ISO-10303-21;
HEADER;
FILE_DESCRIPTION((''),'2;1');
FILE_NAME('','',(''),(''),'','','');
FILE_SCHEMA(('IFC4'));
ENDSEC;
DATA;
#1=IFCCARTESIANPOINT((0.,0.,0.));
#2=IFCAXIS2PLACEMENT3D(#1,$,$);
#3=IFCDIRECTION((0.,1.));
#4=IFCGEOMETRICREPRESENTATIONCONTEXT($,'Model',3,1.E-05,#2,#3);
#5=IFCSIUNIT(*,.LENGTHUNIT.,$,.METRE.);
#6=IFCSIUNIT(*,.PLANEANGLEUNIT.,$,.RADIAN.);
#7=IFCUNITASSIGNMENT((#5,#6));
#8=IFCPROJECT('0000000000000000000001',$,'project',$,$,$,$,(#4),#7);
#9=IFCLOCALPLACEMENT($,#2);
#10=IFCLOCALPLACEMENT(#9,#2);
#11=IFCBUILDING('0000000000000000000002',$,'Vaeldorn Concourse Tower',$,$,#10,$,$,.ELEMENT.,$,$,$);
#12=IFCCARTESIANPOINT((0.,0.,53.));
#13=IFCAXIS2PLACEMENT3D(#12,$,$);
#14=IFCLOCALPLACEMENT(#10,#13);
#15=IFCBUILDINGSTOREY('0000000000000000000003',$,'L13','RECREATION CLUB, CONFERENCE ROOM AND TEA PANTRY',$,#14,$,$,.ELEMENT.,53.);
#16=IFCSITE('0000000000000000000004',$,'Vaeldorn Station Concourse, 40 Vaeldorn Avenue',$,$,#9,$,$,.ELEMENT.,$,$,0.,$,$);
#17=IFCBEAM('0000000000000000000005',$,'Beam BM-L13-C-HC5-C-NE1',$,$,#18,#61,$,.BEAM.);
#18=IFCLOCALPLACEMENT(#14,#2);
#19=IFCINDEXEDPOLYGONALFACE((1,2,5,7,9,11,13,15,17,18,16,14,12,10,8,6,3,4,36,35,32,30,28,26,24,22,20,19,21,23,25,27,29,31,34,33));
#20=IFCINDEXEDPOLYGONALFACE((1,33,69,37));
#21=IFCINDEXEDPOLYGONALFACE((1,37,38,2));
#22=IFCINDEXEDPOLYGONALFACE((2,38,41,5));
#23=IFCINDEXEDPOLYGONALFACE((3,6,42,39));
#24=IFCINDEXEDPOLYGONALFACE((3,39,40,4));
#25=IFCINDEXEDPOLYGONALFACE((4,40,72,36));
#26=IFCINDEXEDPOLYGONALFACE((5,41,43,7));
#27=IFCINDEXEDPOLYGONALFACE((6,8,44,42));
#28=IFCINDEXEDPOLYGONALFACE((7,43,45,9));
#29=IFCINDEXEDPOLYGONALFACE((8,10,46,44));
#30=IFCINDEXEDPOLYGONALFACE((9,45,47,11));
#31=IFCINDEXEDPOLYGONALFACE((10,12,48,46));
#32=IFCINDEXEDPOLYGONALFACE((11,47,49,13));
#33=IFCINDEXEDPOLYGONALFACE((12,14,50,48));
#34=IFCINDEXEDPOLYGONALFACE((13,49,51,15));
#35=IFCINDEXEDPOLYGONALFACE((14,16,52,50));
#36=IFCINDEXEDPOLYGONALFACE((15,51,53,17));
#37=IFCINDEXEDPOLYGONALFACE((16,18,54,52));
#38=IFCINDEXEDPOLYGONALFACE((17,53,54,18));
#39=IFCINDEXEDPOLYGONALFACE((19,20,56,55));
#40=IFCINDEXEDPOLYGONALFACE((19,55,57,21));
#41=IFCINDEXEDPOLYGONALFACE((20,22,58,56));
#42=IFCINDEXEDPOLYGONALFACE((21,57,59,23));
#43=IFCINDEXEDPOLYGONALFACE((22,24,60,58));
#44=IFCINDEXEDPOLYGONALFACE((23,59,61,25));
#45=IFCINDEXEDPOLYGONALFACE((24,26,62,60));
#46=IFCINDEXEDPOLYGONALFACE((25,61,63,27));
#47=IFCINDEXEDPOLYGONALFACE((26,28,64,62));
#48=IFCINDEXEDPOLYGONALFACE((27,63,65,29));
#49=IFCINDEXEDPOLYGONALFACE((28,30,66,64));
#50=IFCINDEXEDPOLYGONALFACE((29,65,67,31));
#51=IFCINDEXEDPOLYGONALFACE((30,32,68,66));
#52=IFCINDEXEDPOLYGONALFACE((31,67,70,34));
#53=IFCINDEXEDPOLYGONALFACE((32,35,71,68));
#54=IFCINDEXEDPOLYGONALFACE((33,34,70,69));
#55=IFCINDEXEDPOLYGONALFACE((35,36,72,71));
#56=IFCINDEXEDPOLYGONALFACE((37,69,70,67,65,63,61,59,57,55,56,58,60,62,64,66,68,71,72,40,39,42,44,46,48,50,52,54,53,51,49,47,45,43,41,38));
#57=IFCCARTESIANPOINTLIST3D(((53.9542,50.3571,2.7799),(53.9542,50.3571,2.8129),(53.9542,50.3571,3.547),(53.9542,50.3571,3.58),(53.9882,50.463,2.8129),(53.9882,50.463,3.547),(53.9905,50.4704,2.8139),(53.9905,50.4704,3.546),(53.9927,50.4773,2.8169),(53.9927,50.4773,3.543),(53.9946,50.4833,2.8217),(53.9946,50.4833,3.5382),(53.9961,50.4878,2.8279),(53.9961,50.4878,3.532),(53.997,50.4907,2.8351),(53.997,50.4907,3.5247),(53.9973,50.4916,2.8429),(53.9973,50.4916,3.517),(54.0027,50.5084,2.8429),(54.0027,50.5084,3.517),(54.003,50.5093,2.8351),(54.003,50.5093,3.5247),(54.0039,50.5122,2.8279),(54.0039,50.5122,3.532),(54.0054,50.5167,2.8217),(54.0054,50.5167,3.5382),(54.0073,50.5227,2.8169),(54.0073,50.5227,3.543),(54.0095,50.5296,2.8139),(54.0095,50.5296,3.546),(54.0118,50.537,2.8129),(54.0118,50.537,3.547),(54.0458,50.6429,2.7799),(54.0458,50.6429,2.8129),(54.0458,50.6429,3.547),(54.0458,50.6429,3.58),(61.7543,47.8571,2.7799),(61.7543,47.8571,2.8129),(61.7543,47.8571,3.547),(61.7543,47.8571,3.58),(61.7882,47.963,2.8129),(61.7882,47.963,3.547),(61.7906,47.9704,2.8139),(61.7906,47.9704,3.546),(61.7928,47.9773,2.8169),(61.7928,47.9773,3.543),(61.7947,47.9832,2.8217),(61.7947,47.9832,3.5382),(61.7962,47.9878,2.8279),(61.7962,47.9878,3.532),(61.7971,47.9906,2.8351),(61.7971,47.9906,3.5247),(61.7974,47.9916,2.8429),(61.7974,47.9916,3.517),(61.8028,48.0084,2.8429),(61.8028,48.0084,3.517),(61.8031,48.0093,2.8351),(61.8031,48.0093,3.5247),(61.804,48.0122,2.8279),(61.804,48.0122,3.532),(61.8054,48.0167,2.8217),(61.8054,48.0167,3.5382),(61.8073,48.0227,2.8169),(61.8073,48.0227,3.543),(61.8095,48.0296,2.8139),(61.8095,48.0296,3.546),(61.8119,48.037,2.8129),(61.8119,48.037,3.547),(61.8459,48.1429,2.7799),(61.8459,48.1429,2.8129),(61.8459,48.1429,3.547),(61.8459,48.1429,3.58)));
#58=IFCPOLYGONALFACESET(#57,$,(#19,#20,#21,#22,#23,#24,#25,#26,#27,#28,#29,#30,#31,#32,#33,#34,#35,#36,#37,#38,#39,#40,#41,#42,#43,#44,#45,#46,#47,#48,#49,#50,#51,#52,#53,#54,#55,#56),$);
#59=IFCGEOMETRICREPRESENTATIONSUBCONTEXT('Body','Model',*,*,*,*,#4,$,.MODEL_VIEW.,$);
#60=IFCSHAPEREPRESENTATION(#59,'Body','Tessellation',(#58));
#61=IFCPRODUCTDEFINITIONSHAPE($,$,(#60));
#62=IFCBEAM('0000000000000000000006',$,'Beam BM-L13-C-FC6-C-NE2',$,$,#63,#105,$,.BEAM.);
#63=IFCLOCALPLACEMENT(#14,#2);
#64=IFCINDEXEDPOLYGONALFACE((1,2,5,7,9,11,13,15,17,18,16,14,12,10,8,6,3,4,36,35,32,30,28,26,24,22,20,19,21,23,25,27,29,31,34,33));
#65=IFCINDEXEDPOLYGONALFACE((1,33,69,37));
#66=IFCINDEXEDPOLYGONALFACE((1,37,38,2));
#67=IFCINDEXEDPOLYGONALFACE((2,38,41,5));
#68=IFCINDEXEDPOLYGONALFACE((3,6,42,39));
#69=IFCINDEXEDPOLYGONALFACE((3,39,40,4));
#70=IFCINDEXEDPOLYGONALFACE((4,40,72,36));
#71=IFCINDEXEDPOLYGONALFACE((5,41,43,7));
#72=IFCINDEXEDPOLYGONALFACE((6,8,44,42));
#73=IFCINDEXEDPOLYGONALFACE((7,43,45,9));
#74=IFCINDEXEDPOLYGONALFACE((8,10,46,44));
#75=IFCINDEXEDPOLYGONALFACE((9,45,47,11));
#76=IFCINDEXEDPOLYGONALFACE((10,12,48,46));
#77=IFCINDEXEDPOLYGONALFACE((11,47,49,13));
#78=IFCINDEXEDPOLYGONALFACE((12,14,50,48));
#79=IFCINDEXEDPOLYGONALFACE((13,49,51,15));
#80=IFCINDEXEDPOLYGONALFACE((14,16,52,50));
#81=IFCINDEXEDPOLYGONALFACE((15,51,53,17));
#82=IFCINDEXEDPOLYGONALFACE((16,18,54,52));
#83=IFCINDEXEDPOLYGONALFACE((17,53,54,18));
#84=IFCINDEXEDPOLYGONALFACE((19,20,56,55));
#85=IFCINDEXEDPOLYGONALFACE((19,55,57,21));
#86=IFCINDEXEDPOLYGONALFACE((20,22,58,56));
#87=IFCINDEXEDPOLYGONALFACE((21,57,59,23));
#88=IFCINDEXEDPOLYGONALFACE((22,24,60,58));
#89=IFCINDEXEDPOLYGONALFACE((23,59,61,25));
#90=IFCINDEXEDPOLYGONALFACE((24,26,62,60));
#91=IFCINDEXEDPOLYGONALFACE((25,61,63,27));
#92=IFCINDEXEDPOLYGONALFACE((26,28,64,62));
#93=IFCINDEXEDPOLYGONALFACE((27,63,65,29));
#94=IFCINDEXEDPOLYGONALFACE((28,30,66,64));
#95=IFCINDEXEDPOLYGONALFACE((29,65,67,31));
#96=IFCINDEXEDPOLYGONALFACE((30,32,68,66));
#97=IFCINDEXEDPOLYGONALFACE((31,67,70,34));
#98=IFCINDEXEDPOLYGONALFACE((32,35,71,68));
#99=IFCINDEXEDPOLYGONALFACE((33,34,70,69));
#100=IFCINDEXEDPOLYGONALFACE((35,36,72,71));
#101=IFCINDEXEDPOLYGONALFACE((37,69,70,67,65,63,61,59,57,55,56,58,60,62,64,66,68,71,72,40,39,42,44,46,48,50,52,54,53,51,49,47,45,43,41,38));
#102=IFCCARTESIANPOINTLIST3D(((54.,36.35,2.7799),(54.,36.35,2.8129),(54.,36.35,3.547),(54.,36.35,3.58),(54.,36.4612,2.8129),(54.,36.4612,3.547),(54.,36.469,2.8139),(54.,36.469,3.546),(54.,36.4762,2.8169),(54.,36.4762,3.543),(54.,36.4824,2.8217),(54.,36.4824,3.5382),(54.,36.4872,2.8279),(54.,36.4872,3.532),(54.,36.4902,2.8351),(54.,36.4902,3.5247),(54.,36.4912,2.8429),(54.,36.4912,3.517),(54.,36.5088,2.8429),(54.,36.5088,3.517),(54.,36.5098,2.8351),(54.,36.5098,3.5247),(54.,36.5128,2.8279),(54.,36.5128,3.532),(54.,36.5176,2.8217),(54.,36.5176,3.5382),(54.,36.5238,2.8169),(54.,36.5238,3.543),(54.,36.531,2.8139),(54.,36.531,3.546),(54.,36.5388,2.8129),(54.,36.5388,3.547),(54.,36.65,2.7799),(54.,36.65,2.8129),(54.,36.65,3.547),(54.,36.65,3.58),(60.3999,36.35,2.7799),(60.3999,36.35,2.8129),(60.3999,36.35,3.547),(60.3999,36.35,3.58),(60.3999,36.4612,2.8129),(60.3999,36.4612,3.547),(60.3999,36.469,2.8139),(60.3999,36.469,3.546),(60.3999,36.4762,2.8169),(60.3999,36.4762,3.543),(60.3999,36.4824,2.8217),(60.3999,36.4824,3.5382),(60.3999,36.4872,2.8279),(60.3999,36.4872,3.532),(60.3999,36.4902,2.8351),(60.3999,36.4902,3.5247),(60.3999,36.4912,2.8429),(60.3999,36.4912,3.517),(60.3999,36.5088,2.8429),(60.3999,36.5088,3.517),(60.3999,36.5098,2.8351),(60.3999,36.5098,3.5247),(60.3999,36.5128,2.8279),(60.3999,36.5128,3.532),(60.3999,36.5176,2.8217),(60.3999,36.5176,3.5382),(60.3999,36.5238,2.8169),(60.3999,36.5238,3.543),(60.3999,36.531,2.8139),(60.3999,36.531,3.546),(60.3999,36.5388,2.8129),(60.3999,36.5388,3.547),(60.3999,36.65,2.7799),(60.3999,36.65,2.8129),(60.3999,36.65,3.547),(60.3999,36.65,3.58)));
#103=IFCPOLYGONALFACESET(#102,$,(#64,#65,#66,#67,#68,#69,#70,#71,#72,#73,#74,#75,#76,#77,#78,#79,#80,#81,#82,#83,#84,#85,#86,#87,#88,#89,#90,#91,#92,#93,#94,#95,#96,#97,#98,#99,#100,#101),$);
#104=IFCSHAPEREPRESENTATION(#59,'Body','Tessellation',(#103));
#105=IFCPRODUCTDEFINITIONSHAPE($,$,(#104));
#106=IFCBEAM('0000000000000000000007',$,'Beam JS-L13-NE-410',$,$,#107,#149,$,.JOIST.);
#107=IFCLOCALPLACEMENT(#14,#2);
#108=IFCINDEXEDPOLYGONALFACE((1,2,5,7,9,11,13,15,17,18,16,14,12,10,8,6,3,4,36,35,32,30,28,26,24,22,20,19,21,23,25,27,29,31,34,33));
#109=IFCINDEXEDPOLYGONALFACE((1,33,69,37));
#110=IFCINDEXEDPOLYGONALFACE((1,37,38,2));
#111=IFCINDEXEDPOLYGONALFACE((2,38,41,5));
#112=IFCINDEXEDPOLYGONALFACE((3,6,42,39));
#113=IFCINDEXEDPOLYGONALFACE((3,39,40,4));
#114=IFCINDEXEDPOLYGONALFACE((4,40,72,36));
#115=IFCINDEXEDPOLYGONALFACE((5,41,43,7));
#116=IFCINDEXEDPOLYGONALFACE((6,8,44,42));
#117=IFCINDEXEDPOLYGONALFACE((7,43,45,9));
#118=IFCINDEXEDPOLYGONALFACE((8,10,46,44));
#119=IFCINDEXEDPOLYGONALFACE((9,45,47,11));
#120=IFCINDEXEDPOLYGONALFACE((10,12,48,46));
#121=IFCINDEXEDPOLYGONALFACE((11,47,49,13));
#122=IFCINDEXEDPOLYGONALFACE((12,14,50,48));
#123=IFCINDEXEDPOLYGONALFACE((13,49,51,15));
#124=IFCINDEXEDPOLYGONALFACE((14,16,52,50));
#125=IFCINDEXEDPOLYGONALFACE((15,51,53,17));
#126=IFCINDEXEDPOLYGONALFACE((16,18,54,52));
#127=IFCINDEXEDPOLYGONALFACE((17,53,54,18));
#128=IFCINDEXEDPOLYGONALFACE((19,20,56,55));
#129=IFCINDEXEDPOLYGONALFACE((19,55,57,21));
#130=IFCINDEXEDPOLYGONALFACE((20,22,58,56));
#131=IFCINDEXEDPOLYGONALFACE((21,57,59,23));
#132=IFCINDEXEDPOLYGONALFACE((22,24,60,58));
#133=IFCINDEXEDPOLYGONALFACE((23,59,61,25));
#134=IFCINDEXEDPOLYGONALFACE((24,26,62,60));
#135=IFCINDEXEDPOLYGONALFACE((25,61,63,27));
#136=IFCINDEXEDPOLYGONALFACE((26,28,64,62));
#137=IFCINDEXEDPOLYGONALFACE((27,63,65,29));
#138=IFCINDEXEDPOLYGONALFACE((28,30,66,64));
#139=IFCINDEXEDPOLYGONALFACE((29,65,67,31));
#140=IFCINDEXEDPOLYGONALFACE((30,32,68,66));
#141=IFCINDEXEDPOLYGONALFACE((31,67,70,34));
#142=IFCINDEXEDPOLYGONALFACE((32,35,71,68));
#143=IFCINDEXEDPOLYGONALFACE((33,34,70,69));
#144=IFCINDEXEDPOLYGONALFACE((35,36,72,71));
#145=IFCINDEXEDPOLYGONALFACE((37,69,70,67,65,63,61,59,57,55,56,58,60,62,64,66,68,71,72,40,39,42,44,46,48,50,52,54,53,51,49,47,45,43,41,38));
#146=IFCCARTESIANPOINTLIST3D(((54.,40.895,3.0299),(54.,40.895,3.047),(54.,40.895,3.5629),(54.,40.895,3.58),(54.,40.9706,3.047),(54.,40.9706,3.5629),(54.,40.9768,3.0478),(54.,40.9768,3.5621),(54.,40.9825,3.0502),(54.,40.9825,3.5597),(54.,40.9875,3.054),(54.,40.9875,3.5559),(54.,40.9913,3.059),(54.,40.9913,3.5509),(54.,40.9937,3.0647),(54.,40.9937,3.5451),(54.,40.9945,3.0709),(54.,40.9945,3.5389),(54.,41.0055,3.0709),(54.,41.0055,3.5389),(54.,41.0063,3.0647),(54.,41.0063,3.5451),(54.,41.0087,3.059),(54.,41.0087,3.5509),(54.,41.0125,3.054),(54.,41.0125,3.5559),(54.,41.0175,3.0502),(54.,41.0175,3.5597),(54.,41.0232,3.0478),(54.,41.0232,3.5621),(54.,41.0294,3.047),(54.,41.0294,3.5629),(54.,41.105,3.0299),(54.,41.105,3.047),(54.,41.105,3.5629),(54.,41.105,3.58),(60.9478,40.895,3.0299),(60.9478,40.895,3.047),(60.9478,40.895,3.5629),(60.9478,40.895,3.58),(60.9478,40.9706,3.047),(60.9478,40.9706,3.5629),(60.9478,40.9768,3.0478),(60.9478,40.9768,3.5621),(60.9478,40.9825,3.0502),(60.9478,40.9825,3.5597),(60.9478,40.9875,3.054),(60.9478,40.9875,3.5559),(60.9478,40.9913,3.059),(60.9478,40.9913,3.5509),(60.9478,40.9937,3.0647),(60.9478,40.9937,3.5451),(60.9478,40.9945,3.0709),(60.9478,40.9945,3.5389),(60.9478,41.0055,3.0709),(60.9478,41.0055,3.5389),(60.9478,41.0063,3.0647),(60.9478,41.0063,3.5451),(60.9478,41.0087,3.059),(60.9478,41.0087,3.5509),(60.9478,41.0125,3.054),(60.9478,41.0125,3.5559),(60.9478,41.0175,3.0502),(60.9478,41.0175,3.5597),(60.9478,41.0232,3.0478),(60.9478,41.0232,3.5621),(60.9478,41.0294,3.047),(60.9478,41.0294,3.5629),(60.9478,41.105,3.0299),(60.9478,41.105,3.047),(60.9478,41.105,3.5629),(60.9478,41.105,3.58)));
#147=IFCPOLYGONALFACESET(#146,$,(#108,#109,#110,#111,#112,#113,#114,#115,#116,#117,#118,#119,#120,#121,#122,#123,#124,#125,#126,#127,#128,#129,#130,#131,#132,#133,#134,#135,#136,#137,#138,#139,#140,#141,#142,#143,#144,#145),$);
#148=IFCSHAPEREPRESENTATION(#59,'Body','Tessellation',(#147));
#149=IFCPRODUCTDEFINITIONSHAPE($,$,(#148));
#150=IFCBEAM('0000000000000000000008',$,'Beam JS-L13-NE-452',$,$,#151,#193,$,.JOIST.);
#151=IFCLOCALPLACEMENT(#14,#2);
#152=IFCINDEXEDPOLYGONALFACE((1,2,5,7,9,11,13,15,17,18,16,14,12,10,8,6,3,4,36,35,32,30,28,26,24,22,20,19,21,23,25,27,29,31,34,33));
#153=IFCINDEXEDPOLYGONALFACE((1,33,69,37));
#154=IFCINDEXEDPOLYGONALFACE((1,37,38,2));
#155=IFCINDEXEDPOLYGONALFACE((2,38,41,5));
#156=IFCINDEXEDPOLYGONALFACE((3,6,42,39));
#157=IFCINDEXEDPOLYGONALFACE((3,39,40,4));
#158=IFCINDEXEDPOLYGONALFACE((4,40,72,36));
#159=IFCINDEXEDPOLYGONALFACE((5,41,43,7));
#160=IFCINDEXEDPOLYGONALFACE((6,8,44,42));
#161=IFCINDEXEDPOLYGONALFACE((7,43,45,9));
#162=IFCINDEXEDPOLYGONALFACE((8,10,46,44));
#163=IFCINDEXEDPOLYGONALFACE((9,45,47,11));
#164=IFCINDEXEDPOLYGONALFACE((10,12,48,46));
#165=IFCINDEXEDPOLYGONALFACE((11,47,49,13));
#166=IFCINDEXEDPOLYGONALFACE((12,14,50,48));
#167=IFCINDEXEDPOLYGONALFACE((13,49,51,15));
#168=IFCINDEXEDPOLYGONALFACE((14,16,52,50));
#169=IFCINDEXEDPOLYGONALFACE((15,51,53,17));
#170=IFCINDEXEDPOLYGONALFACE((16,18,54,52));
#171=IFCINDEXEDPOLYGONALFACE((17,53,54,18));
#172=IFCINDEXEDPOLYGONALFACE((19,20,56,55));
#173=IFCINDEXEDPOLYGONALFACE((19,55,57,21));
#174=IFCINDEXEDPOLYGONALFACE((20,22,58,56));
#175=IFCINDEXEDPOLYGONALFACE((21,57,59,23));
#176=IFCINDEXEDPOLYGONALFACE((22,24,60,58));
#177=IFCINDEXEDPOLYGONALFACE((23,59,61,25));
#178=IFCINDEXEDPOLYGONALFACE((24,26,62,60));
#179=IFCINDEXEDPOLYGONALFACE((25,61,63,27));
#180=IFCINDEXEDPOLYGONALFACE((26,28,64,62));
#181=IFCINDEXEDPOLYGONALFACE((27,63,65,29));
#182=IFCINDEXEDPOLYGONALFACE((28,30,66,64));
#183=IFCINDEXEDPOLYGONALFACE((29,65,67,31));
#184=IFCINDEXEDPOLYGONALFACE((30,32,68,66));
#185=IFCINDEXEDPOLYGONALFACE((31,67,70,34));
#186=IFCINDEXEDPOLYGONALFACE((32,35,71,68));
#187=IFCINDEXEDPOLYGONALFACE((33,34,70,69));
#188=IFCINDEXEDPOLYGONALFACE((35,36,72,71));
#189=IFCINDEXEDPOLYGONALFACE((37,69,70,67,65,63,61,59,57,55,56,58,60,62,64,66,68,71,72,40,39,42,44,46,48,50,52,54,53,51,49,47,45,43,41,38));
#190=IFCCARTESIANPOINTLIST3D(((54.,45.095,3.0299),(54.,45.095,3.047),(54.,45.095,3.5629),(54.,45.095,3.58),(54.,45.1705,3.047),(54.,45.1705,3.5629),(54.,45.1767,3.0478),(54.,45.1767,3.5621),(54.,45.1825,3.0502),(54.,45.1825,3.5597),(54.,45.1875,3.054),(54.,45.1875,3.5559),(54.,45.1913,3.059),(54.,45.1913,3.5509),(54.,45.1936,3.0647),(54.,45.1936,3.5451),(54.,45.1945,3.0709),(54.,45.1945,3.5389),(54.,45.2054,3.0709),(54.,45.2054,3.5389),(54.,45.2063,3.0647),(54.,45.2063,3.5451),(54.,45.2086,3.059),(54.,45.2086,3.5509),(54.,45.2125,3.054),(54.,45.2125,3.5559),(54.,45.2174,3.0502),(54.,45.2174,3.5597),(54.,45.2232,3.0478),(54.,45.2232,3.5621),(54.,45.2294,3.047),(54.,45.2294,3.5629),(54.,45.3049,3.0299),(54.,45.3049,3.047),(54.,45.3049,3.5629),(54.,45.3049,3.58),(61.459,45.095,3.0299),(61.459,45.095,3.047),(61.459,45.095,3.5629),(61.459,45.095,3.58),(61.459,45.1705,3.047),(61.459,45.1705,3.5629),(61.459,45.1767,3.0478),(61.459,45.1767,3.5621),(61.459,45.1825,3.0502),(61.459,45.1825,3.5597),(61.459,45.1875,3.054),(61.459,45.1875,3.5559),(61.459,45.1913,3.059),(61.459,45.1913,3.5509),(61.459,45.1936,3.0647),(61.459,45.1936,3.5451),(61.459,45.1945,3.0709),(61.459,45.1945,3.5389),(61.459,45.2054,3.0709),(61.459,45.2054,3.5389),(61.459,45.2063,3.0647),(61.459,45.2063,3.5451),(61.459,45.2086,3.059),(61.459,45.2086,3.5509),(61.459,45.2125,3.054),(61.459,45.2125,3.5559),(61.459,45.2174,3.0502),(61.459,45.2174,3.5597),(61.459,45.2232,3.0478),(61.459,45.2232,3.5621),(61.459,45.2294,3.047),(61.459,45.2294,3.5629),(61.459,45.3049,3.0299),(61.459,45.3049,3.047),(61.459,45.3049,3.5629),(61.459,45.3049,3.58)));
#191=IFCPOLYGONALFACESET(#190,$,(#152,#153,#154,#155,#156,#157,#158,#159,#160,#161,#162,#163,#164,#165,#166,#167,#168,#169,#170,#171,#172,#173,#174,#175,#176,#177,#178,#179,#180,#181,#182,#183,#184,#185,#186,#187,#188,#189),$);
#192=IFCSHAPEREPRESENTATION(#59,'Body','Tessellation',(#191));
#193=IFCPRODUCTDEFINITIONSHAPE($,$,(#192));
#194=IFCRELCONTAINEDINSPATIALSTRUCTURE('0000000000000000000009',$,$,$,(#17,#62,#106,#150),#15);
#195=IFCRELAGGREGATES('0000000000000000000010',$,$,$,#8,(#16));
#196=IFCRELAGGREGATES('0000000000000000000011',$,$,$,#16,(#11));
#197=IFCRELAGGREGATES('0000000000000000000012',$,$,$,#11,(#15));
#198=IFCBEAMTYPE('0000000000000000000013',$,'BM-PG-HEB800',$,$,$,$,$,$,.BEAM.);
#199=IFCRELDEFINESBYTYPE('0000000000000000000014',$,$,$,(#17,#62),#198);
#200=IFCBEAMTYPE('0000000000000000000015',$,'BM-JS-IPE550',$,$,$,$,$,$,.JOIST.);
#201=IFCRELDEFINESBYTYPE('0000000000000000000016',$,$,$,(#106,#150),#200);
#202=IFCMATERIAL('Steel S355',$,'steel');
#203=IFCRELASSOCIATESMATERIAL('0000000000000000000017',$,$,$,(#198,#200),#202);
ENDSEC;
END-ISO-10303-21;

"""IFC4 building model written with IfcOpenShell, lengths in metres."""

from ifc_helpers import new_model, si_unit, direction, frame, origin, origin_2d, place, context, subcontext, project, spatial, i_section, extrude, source, transform, mapped, material, material_profile, profile_set, type_object, element, save


model = new_model("IFC4")

# Units and contexts
model_context = context("Model", 3, precision=1e-05, world=origin(), true_north=direction((0.0, 1.0)))
body_context = subcontext(model_context, "Body", "Model", "MODEL_VIEW")
ifc_project = project(units=[si_unit("LENGTHUNIT", "METRE"), si_unit("PLANEANGLEUNIT", "RADIAN")], contexts=[model_context])

# Site, building, storey
site_placement = place(None, origin())
site = spatial("IfcSite", under=ifc_project, at=site_placement, Name="Vaeldorn Station Concourse, 40 Vaeldorn Avenue", CompositionType="ELEMENT", RefElevation=0.0)
building_placement = place(site_placement, origin())
building = spatial("IfcBuilding", under=site, at=building_placement, Name="Vaeldorn Concourse Tower", CompositionType="ELEMENT")
storey_placement = place(building_placement, frame((0.0, 0.0, 53.0)))
storey = spatial("IfcBuildingStorey", under=building, at=storey_placement, Name="L13", Description="RECREATION CLUB, CONFERENCE ROOM AND TEA PANTRY", CompositionType="ELEMENT", Elevation=53.0)

# Beams
ifc_material_1 = material(Name="Steel S355", Category="steel")
ifc_material_profile_1 = material_profile(ifc_material_1, i_section(OverallWidth=0.3, OverallDepth=0.8, WebThickness=0.0176, FlangeThickness=0.033, FilletRadius=0.03, at=origin_2d()), Name="HEB 800")
ifc_profile_set_1 = profile_set([ifc_material_profile_1], Name="Steel S355")
beam_type_1 = type_object("IfcBeamType", Name="BM-PG-HEB800", PredefinedType="BEAM", material=ifc_profile_set_1)
shared_shape_1 = source(origin(), body_context, "Body", "SweptSolid", [
    extrude(i_section(OverallWidth=0.3, OverallDepth=0.8, WebThickness=0.0176, FlangeThickness=0.033, FilletRadius=0.03, at=origin_2d()), origin(), (0.0, 0.0, 1.0), 8.1909),
])
beam_1_placement = place(storey_placement, frame((54.0, 50.5, 3.1799), z_axis=(0.952283, -0.305217, 0.0), x_axis=(0.305217, 0.952283, 0.0)))
element("IfcBeam", 1, at=beam_1_placement, inside=storey, type_object=beam_type_1, Name="Beam BM-L13-C-HC5-C-NE1", PredefinedType="BEAM", context=body_context, shape_type="MappedRepresentation", body=[
    mapped(shared_shape_1, transform((0.0, 0.0, 0.0), scale=1.0)),
])
shared_shape_2 = source(origin(), body_context, "Body", "SweptSolid", [
    extrude(i_section(OverallWidth=0.3, OverallDepth=0.8, WebThickness=0.0176, FlangeThickness=0.033, FilletRadius=0.03, at=origin_2d()), origin(), (0.0, 0.0, 1.0), 6.3999),
])
beam_2_placement = place(storey_placement, frame((54.0, 36.5, 3.1799), z_axis=(1.0, 0.0, 0.0), x_axis=(0.0, 1.0, 0.0)))
element("IfcBeam", 2, at=beam_2_placement, inside=storey, type_object=beam_type_1, Name="Beam BM-L13-C-FC6-C-NE2", PredefinedType="BEAM", context=body_context, shape_type="MappedRepresentation", body=[
    mapped(shared_shape_2, transform((0.0, 0.0, 0.0), scale=1.0)),
])
ifc_material_profile_2 = material_profile(ifc_material_1, i_section(OverallWidth=0.21, OverallDepth=0.55, WebThickness=0.011, FlangeThickness=0.0171, FilletRadius=0.0239, at=origin_2d()), Name="IPE 550")
ifc_profile_set_2 = profile_set([ifc_material_profile_2], Name="Steel S355")
beam_type_2 = type_object("IfcBeamType", Name="BM-JS-IPE550", PredefinedType="JOIST", material=ifc_profile_set_2)
shared_shape_3 = source(origin(), body_context, "Body", "SweptSolid", [
    extrude(i_section(OverallWidth=0.21, OverallDepth=0.55, WebThickness=0.011, FlangeThickness=0.0171, FilletRadius=0.0239, at=origin_2d()), origin(), (0.0, 0.0, 1.0), 6.9478),
])
beam_3_placement = place(storey_placement, frame((54.0, 41.0, 3.3049), z_axis=(1.0, 0.0, 0.0), x_axis=(0.0, 1.0, 0.0)))
element("IfcBeam", 3, at=beam_3_placement, inside=storey, type_object=beam_type_2, Name="Beam JS-L13-NE-410", PredefinedType="JOIST", context=body_context, shape_type="MappedRepresentation", body=[
    mapped(shared_shape_3, transform((0.0, 0.0, 0.0), scale=1.0)),
])
shared_shape_4 = source(origin(), body_context, "Body", "SweptSolid", [
    extrude(i_section(OverallWidth=0.21, OverallDepth=0.55, WebThickness=0.011, FlangeThickness=0.0171, FilletRadius=0.0239, at=origin_2d()), origin(), (0.0, 0.0, 1.0), 7.459),
])
beam_4_placement = place(storey_placement, frame((54.0, 45.2, 3.3049), z_axis=(1.0, 0.0, 0.0), x_axis=(0.0, 1.0, 0.0)))
element("IfcBeam", 4, at=beam_4_placement, inside=storey, type_object=beam_type_2, Name="Beam JS-L13-NE-452", PredefinedType="JOIST", context=body_context, shape_type="MappedRepresentation", body=[
    mapped(shared_shape_4, transform((0.0, 0.0, 0.0), scale=1.0)),
])

save(model, "model.ifc")
